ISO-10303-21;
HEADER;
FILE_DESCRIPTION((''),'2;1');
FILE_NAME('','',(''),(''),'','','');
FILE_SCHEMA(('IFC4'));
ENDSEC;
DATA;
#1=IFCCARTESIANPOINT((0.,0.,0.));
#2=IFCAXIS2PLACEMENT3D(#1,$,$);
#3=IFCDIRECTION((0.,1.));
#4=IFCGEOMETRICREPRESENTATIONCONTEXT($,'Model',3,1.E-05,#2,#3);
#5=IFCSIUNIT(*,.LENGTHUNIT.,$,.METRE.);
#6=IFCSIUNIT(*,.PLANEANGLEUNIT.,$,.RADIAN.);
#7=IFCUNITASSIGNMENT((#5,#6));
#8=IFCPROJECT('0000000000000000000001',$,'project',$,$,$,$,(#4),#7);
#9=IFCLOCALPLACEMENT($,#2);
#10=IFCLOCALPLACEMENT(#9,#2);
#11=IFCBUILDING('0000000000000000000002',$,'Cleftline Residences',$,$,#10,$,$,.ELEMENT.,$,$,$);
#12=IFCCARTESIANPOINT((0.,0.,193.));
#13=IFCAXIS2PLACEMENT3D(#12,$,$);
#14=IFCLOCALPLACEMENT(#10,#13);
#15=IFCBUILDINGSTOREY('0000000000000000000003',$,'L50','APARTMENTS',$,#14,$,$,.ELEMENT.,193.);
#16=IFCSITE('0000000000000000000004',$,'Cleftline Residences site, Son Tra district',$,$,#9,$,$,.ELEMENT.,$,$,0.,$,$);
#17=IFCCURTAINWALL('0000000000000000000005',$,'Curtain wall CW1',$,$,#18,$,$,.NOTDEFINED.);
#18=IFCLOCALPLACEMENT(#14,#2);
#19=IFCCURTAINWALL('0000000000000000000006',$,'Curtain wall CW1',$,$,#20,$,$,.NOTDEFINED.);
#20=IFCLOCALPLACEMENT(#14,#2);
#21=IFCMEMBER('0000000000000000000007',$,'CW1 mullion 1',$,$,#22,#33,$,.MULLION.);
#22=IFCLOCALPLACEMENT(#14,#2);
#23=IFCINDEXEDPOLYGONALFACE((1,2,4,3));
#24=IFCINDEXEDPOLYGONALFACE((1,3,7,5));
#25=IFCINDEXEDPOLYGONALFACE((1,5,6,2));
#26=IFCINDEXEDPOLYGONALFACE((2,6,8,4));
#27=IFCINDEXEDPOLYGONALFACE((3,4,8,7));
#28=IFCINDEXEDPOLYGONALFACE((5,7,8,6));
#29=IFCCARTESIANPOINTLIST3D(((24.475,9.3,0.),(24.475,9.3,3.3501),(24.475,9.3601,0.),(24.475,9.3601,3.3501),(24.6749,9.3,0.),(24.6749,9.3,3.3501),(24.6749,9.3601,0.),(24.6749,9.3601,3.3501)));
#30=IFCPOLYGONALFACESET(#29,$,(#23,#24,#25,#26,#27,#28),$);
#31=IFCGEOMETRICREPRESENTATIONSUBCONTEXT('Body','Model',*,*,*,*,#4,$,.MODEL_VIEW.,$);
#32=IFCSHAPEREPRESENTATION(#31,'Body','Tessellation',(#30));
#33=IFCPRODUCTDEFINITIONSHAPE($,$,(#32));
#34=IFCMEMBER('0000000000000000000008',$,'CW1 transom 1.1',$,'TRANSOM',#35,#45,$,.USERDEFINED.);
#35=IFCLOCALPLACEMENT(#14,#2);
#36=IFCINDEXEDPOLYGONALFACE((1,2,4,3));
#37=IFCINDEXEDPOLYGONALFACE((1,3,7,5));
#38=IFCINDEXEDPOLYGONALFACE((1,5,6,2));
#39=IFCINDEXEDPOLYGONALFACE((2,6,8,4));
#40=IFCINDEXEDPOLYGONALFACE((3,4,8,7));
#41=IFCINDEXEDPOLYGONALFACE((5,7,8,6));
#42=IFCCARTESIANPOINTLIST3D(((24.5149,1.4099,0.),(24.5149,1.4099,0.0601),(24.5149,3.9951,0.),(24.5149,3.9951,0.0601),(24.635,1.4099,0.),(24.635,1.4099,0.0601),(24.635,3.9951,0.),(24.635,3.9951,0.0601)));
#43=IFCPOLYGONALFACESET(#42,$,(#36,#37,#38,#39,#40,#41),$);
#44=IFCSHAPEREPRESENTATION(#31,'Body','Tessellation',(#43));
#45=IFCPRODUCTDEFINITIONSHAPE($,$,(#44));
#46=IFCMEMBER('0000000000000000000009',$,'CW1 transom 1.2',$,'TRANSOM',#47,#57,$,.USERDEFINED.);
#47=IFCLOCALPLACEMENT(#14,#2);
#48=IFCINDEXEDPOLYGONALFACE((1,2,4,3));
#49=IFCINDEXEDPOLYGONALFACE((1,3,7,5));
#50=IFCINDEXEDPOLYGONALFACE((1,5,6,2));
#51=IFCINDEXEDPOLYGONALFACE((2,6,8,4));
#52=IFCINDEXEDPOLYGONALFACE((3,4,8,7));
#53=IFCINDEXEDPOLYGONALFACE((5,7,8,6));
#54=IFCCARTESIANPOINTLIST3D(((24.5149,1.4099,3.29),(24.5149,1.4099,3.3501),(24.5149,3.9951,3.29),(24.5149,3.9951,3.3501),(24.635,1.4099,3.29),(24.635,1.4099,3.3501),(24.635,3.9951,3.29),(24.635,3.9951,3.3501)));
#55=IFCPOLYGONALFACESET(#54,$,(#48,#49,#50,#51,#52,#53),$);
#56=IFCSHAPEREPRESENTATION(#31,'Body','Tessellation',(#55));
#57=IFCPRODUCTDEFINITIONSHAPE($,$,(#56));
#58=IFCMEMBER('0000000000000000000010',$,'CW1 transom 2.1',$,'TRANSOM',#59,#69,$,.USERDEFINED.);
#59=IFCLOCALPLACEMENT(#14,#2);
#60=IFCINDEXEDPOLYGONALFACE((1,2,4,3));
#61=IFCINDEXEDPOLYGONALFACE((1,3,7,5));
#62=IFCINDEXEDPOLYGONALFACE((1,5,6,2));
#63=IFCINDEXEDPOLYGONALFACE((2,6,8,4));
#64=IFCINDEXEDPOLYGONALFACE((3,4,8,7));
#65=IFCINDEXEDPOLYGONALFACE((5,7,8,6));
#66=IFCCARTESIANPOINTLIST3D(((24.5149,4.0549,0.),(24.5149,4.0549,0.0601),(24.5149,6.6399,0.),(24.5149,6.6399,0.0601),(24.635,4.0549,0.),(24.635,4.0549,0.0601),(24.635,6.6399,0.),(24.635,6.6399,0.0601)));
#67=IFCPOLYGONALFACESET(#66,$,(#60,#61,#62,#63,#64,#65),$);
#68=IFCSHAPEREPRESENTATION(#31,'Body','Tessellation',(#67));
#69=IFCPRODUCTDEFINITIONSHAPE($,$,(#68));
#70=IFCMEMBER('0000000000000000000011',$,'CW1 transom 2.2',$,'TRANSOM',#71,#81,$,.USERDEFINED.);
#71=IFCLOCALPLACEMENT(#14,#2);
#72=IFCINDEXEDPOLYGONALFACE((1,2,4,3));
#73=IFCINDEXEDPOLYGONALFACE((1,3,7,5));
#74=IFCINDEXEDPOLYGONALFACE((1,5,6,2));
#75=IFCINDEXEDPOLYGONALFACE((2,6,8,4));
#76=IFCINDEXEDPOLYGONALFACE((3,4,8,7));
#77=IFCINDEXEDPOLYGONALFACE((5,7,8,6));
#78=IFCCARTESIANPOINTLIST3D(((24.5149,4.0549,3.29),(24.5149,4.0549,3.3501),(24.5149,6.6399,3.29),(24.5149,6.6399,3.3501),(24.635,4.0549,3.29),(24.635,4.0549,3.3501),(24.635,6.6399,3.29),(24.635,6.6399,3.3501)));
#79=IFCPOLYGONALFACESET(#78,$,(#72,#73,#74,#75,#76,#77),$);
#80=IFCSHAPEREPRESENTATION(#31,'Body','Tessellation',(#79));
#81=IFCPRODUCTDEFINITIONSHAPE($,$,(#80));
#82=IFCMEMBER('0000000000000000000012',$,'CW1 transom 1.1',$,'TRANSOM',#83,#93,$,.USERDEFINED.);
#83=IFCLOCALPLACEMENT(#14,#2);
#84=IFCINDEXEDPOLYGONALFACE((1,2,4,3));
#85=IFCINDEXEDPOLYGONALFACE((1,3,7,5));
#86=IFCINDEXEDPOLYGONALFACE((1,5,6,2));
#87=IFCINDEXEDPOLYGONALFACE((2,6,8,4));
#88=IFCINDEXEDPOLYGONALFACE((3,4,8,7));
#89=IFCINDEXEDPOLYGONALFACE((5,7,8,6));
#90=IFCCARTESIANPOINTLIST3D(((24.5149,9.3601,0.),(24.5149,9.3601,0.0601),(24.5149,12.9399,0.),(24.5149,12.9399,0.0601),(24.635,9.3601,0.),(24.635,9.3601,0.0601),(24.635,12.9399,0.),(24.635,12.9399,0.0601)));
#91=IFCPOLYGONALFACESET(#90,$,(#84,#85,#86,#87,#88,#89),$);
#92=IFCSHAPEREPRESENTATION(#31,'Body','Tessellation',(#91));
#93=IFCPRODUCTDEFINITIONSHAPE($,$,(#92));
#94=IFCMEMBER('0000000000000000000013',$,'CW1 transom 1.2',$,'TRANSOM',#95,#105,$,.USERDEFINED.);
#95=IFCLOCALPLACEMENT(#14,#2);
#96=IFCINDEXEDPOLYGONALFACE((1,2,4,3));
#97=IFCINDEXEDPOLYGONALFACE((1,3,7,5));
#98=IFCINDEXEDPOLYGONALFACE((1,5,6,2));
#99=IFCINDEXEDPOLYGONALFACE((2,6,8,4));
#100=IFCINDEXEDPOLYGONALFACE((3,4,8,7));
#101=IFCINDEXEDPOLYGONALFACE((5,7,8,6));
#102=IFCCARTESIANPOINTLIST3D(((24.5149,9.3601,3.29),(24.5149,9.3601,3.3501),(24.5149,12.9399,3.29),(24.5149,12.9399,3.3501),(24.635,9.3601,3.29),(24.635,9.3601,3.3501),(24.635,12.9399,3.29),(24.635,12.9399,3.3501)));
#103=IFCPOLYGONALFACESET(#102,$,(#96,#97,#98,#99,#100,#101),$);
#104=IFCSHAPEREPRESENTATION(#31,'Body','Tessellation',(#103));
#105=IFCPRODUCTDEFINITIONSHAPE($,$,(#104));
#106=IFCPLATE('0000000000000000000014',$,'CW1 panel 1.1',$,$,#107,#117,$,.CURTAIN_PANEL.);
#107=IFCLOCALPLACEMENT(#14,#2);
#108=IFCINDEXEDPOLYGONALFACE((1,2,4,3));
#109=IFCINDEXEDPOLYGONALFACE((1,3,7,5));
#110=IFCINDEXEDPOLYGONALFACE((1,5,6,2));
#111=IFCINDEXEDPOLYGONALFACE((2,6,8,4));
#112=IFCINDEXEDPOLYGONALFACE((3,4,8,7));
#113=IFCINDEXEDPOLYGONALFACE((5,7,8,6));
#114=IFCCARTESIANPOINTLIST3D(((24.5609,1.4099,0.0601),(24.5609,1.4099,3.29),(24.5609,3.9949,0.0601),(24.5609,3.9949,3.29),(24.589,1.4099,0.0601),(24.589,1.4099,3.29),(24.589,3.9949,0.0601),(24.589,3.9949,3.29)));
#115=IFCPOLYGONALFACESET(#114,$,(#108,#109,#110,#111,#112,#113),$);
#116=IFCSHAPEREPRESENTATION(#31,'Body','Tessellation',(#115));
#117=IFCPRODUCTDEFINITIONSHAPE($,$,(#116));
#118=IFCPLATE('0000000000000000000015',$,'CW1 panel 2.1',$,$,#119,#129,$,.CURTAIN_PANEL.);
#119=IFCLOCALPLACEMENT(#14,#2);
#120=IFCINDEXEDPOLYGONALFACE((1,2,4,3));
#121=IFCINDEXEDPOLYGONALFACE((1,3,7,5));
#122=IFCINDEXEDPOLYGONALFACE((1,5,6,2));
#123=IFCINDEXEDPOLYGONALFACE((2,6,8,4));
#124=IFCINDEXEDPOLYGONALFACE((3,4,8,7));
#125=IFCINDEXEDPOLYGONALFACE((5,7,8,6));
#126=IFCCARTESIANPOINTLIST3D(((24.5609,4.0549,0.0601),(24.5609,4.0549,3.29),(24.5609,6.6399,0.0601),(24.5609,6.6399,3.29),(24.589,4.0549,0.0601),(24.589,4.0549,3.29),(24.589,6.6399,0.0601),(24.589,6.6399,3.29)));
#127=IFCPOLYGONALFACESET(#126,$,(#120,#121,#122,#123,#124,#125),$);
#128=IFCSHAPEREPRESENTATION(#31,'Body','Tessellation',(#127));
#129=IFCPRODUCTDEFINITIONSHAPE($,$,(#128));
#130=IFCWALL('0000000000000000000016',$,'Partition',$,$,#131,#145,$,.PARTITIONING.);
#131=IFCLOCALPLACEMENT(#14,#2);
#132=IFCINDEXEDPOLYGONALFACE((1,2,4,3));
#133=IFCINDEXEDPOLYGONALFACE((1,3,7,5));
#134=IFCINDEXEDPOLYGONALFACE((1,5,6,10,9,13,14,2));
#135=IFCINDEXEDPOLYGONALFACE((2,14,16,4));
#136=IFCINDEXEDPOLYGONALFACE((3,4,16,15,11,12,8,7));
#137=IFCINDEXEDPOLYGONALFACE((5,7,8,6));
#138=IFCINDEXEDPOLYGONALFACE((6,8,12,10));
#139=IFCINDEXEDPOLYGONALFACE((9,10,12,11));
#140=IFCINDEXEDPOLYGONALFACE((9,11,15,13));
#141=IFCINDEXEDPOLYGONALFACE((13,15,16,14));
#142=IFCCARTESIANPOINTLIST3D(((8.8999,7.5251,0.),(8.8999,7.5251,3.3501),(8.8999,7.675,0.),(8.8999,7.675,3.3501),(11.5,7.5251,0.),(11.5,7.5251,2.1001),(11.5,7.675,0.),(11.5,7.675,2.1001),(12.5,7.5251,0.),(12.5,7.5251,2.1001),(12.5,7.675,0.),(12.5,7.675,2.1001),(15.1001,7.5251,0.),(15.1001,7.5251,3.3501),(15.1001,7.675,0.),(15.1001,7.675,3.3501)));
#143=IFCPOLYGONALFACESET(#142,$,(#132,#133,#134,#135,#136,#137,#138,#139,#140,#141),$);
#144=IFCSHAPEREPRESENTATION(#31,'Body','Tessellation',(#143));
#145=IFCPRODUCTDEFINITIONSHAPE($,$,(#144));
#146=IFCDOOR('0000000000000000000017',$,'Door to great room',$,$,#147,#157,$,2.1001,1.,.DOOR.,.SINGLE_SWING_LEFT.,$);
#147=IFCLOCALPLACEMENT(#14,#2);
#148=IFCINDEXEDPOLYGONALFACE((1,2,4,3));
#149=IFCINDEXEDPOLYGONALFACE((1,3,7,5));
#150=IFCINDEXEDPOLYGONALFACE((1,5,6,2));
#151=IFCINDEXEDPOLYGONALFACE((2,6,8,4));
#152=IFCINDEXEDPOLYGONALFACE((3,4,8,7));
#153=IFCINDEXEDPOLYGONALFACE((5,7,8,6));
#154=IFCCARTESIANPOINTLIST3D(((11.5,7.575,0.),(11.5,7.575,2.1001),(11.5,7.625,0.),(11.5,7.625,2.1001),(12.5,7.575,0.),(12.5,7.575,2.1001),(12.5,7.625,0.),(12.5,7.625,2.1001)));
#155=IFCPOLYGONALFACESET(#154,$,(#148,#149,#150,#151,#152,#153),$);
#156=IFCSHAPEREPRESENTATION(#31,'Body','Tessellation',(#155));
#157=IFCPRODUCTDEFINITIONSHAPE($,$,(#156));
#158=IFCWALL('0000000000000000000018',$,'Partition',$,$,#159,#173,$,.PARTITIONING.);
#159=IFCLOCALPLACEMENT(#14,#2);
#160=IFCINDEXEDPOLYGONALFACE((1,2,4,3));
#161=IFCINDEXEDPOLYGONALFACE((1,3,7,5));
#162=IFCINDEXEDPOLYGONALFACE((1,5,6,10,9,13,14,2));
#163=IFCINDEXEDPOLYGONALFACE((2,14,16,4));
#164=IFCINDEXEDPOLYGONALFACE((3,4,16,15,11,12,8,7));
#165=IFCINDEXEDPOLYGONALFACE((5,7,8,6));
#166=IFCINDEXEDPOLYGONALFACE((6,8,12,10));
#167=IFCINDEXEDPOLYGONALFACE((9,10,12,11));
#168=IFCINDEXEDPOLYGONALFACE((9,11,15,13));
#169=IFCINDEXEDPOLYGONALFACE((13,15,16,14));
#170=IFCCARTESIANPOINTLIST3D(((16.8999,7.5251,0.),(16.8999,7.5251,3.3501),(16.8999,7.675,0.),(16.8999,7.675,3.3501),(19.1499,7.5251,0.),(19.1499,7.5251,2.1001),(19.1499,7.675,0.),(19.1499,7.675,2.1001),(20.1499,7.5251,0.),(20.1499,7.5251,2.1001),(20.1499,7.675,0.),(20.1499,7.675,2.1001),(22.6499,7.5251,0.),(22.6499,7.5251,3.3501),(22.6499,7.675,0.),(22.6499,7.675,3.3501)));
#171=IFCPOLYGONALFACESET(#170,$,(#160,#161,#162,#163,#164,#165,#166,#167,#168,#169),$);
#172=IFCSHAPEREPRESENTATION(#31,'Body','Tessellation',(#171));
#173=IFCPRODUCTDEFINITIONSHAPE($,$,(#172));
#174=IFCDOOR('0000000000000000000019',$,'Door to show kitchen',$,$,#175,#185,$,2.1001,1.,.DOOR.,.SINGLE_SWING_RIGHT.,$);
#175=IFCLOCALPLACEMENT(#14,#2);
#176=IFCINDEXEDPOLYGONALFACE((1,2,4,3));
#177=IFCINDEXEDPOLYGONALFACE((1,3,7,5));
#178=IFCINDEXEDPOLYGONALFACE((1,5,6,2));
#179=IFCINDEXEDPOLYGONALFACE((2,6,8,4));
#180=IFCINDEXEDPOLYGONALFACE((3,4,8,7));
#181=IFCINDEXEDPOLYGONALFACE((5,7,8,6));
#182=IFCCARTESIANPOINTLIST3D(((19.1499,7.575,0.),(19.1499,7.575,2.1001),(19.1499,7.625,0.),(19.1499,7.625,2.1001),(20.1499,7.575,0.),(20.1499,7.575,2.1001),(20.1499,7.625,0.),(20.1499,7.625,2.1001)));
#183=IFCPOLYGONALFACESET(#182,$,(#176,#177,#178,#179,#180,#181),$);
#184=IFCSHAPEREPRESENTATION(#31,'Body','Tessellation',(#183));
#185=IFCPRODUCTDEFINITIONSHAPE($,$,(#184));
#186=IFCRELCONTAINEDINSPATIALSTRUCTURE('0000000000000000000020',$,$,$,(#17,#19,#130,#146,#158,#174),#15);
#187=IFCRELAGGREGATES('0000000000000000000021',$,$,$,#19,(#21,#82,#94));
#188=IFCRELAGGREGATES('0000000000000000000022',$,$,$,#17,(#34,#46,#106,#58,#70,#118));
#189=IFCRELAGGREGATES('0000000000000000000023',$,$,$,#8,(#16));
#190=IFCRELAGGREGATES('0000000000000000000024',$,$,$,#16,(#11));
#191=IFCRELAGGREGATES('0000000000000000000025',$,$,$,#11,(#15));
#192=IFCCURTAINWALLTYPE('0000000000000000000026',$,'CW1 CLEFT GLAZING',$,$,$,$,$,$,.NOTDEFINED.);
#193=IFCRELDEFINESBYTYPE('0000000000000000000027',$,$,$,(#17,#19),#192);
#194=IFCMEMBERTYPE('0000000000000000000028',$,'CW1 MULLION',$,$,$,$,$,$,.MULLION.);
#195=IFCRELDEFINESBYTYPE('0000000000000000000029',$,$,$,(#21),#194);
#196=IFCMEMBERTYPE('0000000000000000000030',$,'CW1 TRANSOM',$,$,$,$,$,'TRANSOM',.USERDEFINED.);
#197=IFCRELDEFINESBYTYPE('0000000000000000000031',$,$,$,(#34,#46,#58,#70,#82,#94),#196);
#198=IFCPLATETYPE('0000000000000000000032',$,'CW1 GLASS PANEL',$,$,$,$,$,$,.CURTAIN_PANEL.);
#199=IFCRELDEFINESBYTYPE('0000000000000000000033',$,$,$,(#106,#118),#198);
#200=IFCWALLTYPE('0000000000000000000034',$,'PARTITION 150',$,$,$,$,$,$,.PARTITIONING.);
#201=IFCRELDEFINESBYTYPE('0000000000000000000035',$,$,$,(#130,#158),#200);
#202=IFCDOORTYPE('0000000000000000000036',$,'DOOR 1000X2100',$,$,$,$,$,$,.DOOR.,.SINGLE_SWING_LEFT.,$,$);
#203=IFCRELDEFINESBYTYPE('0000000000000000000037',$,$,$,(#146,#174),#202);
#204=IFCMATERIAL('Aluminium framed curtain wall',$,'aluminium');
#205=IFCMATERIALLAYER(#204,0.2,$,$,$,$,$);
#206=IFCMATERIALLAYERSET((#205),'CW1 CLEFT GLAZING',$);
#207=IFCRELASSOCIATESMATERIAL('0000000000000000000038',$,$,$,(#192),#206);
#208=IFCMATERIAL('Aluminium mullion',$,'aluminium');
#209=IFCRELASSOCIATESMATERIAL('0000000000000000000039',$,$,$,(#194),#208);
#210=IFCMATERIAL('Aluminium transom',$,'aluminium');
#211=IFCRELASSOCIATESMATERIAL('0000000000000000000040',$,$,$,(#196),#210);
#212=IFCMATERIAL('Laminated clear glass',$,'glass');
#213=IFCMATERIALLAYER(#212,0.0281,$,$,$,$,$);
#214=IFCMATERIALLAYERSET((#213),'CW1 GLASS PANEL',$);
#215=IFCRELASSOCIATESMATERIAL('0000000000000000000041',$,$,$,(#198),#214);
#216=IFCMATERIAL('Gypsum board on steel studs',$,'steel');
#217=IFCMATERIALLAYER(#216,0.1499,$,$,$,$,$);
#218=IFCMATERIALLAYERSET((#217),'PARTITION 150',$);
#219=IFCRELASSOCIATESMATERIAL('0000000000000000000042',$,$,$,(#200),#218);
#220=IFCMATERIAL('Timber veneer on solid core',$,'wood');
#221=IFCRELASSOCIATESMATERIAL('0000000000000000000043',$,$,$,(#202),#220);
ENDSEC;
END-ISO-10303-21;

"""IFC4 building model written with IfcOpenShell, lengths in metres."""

from ifc_helpers import new_model, si_unit, direction, frame, frame_2d, origin, origin_2d, place, context, subcontext, project, spatial, rectangle, extrude, material, layer, layer_set, material_profile, profile_set, type_object, element, fill, aggregate, save


model = new_model("IFC4")

# Units and contexts
model_context = context("Model", 3, precision=1e-05, world=origin(), true_north=direction((0.0, 1.0)))
body_context = subcontext(model_context, "Body", "Model", "MODEL_VIEW")
ifc_project = project(units=[si_unit("LENGTHUNIT", "METRE"), si_unit("PLANEANGLEUNIT", "RADIAN")], contexts=[model_context])

# Site, building, storey
site_placement = place(None, origin())
site = spatial("IfcSite", under=ifc_project, at=site_placement, Name="Cleftline Residences site, Son Tra district", CompositionType="ELEMENT", RefElevation=0.0)
building_placement = place(site_placement, origin())
building = spatial("IfcBuilding", under=site, at=building_placement, Name="Cleftline Residences", CompositionType="ELEMENT")
storey_placement = place(building_placement, frame((0.0, 0.0, 193.0)))
storey = spatial("IfcBuildingStorey", under=building, at=storey_placement, Name="L50", Description="APARTMENTS", CompositionType="ELEMENT", Elevation=193.0)

# Curtain wall
ifc_material_1 = material(Name="Aluminium framed curtain wall", Category="aluminium")
ifc_layer_1 = layer(ifc_material_1, 0.2)
ifc_layer_set_1 = layer_set([ifc_layer_1], Name="CW1 CLEFT GLAZING")
curtain_wall_type = type_object("IfcCurtainWallType", Name="CW1 CLEFT GLAZING", PredefinedType="NOTDEFINED", material=ifc_layer_set_1)
curtain_wall_1_placement = place(storey_placement, origin())
curtain_wall_1 = element("IfcCurtainWall", 1, at=curtain_wall_1_placement, inside=storey, type_object=curtain_wall_type, Name="Curtain wall CW1", PredefinedType="NOTDEFINED")
ifc_material_2 = material(Name="Aluminium mullion", Category="aluminium")
ifc_material_profile_1 = material_profile(ifc_material_2, rectangle(XDim=0.2, YDim=0.0601, at=origin_2d()))
ifc_profile_set_1 = profile_set([ifc_material_profile_1], Name="Aluminium mullion")
member_type_1 = type_object("IfcMemberType", Name="CW1 MULLION", PredefinedType="MULLION", material=ifc_profile_set_1)

# Curtain wall, member
curtain_wall_2_placement = place(storey_placement, origin())
curtain_wall_2 = element("IfcCurtainWall", 2, at=curtain_wall_2_placement, inside=storey, type_object=curtain_wall_type, Name="Curtain wall CW1", PredefinedType="NOTDEFINED")
member_1_placement = place(storey_placement, frame((24.575, 9.3301, 0.0), z_axis=(0.0, 0.0, 1.0), x_axis=(-1.0, 0.0, 0.0)))
member_1 = element("IfcMember", 3, at=member_1_placement, type_object=member_type_1, Name="CW1 mullion 1", PredefinedType="MULLION", context=body_context, shape_type="SweptSolid", body=[
    extrude(rectangle(XDim=0.2, YDim=0.0601, at=origin_2d()), origin(), (0.0, 0.0, 1.0), 3.3501),
])

# Members
ifc_material_3 = material(Name="Aluminium transom", Category="aluminium")
ifc_material_profile_2 = material_profile(ifc_material_3, rectangle(XDim=0.1201, YDim=0.0601, at=origin_2d()))
ifc_profile_set_2 = profile_set([ifc_material_profile_2], Name="Aluminium transom")
member_type_2 = type_object("IfcMemberType", Name="CW1 TRANSOM", ElementType="TRANSOM", PredefinedType="USERDEFINED", material=ifc_profile_set_2)
member_2_placement = place(storey_placement, frame((24.575, 1.4099, 0.03), z_axis=(0.0, 1.0, 0.0), x_axis=(-1.0, 0.0, 0.0)))
member_2 = element("IfcMember", 4, at=member_2_placement, type_object=member_type_2, Name="CW1 transom 1.1", ObjectType="TRANSOM", PredefinedType="USERDEFINED", context=body_context, shape_type="SweptSolid", body=[
    extrude(rectangle(XDim=0.1201, YDim=0.0601, at=origin_2d()), origin(), (0.0, 0.0, 1.0), 2.5852),
])
member_3_placement = place(storey_placement, frame((24.575, 1.4099, 3.3201), z_axis=(0.0, 1.0, 0.0), x_axis=(-1.0, 0.0, 0.0)))
member_3 = element("IfcMember", 5, at=member_3_placement, type_object=member_type_2, Name="CW1 transom 1.2", ObjectType="TRANSOM", PredefinedType="USERDEFINED", context=body_context, shape_type="SweptSolid", body=[
    extrude(rectangle(XDim=0.1201, YDim=0.0601, at=origin_2d()), origin(), (0.0, 0.0, 1.0), 2.5852),
])
member_4_placement = place(storey_placement, frame((24.575, 4.0549, 0.03), z_axis=(0.0, 1.0, 0.0), x_axis=(-1.0, 0.0, 0.0)))
member_4 = element("IfcMember", 6, at=member_4_placement, type_object=member_type_2, Name="CW1 transom 2.1", ObjectType="TRANSOM", PredefinedType="USERDEFINED", context=body_context, shape_type="SweptSolid", body=[
    extrude(rectangle(XDim=0.1201, YDim=0.0601, at=origin_2d()), origin(), (0.0, 0.0, 1.0), 2.585),
])
member_5_placement = place(storey_placement, frame((24.575, 4.0549, 3.3201), z_axis=(0.0, 1.0, 0.0), x_axis=(-1.0, 0.0, 0.0)))
member_5 = element("IfcMember", 7, at=member_5_placement, type_object=member_type_2, Name="CW1 transom 2.2", ObjectType="TRANSOM", PredefinedType="USERDEFINED", context=body_context, shape_type="SweptSolid", body=[
    extrude(rectangle(XDim=0.1201, YDim=0.0601, at=origin_2d()), origin(), (0.0, 0.0, 1.0), 2.585),
])
member_6_placement = place(storey_placement, frame((24.575, 9.3601, 0.03), z_axis=(0.0, 1.0, 0.0), x_axis=(-1.0, 0.0, 0.0)))
member_6 = element("IfcMember", 8, at=member_6_placement, type_object=member_type_2, Name="CW1 transom 1.1", ObjectType="TRANSOM", PredefinedType="USERDEFINED", context=body_context, shape_type="SweptSolid", body=[
    extrude(rectangle(XDim=0.1201, YDim=0.0601, at=origin_2d()), origin(), (0.0, 0.0, 1.0), 3.5798),
])
member_7_placement = place(storey_placement, frame((24.575, 9.3601, 3.3201), z_axis=(0.0, 1.0, 0.0), x_axis=(-1.0, 0.0, 0.0)))
member_7 = element("IfcMember", 9, at=member_7_placement, type_object=member_type_2, Name="CW1 transom 1.2", ObjectType="TRANSOM", PredefinedType="USERDEFINED", context=body_context, shape_type="SweptSolid", body=[
    extrude(rectangle(XDim=0.1201, YDim=0.0601, at=origin_2d()), origin(), (0.0, 0.0, 1.0), 3.5798),
])
aggregate(curtain_wall_2, [member_1, member_6, member_7])

# Plates
ifc_material_4 = material(Name="Laminated clear glass", Category="glass")
ifc_layer_2 = layer(ifc_material_4, 0.0281)
ifc_layer_set_2 = layer_set([ifc_layer_2], Name="CW1 GLASS PANEL")
plate_type = type_object("IfcPlateType", Name="CW1 GLASS PANEL", PredefinedType="CURTAIN_PANEL", material=ifc_layer_set_2)
plate_1_placement = place(storey_placement, frame((24.575, 2.7024, 0.0601), z_axis=(0.0, 0.0, 1.0), x_axis=(0.0, 1.0, 0.0)))
plate_1 = element("IfcPlate", 10, at=plate_1_placement, type_object=plate_type, Name="CW1 panel 1.1", PredefinedType="CURTAIN_PANEL", context=body_context, shape_type="SweptSolid", body=[
    extrude(rectangle(XDim=2.585, YDim=0.0281, at=origin_2d()), origin(), (0.0, 0.0, 1.0), 3.23),
])
plate_2_placement = place(storey_placement, frame((24.575, 5.3474, 0.0601), z_axis=(0.0, 0.0, 1.0), x_axis=(0.0, 1.0, 0.0)))
plate_2 = element("IfcPlate", 11, at=plate_2_placement, type_object=plate_type, Name="CW1 panel 2.1", PredefinedType="CURTAIN_PANEL", context=body_context, shape_type="SweptSolid", body=[
    extrude(rectangle(XDim=2.585, YDim=0.0281, at=origin_2d()), origin(), (0.0, 0.0, 1.0), 3.23),
])
aggregate(curtain_wall_1, [member_2, member_3, plate_1, member_4, member_5, plate_2])

# Walls, openings, doors
ifc_material_5 = material(Name="Gypsum board on steel studs", Category="steel")
ifc_layer_3 = layer(ifc_material_5, 0.1499)
ifc_layer_set_3 = layer_set([ifc_layer_3], Name="PARTITION 150")
wall_type = type_object("IfcWallType", Name="PARTITION 150", PredefinedType="PARTITIONING", material=ifc_layer_set_3)
wall_1_placement = place(storey_placement, frame((8.8999, 7.6001, 0.0), z_axis=(0.0, 0.0, 1.0), x_axis=(1.0, 0.0, 0.0)))
wall_1 = element("IfcWall", 12, at=wall_1_placement, inside=storey, type_object=wall_type, Name="Partition", PredefinedType="PARTITIONING", context=body_context, shape_type="SweptSolid", body=[
    extrude(rectangle(XDim=6.2002, YDim=0.1499, at=frame_2d((3.1001, 0.0))), origin(), (0.0, 0.0, 1.0), 3.3501),
])
opening_1_placement = place(wall_1_placement, frame((2.6001, 0.0, 0.0)))
opening_1 = element("IfcOpeningElement", 13, at=opening_1_placement, cuts=wall_1, PredefinedType="OPENING", context=body_context, shape_type="SweptSolid", body=[
    extrude(rectangle(XDim=1.0, YDim=2.1001, at=frame_2d((0.5, 1.05))), frame((0.0, 0.085, 0.0), z_axis=(0.0, -1.0, 0.0), x_axis=(1.0, 0.0, 0.0)), (0.0, 0.0, 1.0), 0.1699),
])
ifc_material_6 = material(Name="Timber veneer on solid core", Category="wood")
door_type_1 = type_object("IfcDoorType", Name="DOOR 1000X2100", OperationType="SINGLE_SWING_LEFT", PredefinedType="DOOR", material=ifc_material_6)
door_1_placement = place(opening_1_placement, origin())
door_1 = element("IfcDoor", 14, at=door_1_placement, inside=storey, type_object=door_type_1, Name="Door to great room", OperationType="SINGLE_SWING_LEFT", OverallHeight=2.1001, OverallWidth=1.0, PredefinedType="DOOR", context=body_context, shape_type="SweptSolid", body=[
    extrude(rectangle(XDim=1.0, YDim=2.1001, at=frame_2d((0.5, 1.05))), frame((0.0, 0.0249, 0.0), z_axis=(0.0, -1.0, 0.0), x_axis=(1.0, 0.0, 0.0)), (0.0, 0.0, 1.0), 0.05),
])
fill(opening_1, door_1)
wall_2_placement = place(storey_placement, frame((16.8999, 7.6001, 0.0), z_axis=(0.0, 0.0, 1.0), x_axis=(1.0, 0.0, 0.0)))
wall_2 = element("IfcWall", 15, at=wall_2_placement, inside=storey, type_object=wall_type, Name="Partition", PredefinedType="PARTITIONING", context=body_context, shape_type="SweptSolid", body=[
    extrude(rectangle(XDim=5.75, YDim=0.1499, at=frame_2d((2.875, 0.0))), origin(), (0.0, 0.0, 1.0), 3.3501),
])
opening_2_placement = place(wall_2_placement, frame((2.25, 0.0, 0.0)))
opening_2 = element("IfcOpeningElement", 16, at=opening_2_placement, cuts=wall_2, PredefinedType="OPENING", context=body_context, shape_type="SweptSolid", body=[
    extrude(rectangle(XDim=1.0, YDim=2.1001, at=frame_2d((0.5, 1.05))), frame((0.0, 0.085, 0.0), z_axis=(0.0, -1.0, 0.0), x_axis=(1.0, 0.0, 0.0)), (0.0, 0.0, 1.0), 0.1699),
])
door_2_placement = place(opening_2_placement, origin())
door_2 = element("IfcDoor", 17, at=door_2_placement, inside=storey, type_object=door_type_1, Name="Door to show kitchen", OperationType="SINGLE_SWING_RIGHT", OverallHeight=2.1001, OverallWidth=1.0, PredefinedType="DOOR", context=body_context, shape_type="SweptSolid", body=[
    extrude(rectangle(XDim=1.0, YDim=2.1001, at=frame_2d((0.5, 1.05))), frame((0.0, 0.0249, 0.0), z_axis=(0.0, -1.0, 0.0), x_axis=(1.0, 0.0, 0.0)), (0.0, 0.0, 1.0), 0.05),
])
fill(opening_2, door_2)

save(model, "model.ifc")
